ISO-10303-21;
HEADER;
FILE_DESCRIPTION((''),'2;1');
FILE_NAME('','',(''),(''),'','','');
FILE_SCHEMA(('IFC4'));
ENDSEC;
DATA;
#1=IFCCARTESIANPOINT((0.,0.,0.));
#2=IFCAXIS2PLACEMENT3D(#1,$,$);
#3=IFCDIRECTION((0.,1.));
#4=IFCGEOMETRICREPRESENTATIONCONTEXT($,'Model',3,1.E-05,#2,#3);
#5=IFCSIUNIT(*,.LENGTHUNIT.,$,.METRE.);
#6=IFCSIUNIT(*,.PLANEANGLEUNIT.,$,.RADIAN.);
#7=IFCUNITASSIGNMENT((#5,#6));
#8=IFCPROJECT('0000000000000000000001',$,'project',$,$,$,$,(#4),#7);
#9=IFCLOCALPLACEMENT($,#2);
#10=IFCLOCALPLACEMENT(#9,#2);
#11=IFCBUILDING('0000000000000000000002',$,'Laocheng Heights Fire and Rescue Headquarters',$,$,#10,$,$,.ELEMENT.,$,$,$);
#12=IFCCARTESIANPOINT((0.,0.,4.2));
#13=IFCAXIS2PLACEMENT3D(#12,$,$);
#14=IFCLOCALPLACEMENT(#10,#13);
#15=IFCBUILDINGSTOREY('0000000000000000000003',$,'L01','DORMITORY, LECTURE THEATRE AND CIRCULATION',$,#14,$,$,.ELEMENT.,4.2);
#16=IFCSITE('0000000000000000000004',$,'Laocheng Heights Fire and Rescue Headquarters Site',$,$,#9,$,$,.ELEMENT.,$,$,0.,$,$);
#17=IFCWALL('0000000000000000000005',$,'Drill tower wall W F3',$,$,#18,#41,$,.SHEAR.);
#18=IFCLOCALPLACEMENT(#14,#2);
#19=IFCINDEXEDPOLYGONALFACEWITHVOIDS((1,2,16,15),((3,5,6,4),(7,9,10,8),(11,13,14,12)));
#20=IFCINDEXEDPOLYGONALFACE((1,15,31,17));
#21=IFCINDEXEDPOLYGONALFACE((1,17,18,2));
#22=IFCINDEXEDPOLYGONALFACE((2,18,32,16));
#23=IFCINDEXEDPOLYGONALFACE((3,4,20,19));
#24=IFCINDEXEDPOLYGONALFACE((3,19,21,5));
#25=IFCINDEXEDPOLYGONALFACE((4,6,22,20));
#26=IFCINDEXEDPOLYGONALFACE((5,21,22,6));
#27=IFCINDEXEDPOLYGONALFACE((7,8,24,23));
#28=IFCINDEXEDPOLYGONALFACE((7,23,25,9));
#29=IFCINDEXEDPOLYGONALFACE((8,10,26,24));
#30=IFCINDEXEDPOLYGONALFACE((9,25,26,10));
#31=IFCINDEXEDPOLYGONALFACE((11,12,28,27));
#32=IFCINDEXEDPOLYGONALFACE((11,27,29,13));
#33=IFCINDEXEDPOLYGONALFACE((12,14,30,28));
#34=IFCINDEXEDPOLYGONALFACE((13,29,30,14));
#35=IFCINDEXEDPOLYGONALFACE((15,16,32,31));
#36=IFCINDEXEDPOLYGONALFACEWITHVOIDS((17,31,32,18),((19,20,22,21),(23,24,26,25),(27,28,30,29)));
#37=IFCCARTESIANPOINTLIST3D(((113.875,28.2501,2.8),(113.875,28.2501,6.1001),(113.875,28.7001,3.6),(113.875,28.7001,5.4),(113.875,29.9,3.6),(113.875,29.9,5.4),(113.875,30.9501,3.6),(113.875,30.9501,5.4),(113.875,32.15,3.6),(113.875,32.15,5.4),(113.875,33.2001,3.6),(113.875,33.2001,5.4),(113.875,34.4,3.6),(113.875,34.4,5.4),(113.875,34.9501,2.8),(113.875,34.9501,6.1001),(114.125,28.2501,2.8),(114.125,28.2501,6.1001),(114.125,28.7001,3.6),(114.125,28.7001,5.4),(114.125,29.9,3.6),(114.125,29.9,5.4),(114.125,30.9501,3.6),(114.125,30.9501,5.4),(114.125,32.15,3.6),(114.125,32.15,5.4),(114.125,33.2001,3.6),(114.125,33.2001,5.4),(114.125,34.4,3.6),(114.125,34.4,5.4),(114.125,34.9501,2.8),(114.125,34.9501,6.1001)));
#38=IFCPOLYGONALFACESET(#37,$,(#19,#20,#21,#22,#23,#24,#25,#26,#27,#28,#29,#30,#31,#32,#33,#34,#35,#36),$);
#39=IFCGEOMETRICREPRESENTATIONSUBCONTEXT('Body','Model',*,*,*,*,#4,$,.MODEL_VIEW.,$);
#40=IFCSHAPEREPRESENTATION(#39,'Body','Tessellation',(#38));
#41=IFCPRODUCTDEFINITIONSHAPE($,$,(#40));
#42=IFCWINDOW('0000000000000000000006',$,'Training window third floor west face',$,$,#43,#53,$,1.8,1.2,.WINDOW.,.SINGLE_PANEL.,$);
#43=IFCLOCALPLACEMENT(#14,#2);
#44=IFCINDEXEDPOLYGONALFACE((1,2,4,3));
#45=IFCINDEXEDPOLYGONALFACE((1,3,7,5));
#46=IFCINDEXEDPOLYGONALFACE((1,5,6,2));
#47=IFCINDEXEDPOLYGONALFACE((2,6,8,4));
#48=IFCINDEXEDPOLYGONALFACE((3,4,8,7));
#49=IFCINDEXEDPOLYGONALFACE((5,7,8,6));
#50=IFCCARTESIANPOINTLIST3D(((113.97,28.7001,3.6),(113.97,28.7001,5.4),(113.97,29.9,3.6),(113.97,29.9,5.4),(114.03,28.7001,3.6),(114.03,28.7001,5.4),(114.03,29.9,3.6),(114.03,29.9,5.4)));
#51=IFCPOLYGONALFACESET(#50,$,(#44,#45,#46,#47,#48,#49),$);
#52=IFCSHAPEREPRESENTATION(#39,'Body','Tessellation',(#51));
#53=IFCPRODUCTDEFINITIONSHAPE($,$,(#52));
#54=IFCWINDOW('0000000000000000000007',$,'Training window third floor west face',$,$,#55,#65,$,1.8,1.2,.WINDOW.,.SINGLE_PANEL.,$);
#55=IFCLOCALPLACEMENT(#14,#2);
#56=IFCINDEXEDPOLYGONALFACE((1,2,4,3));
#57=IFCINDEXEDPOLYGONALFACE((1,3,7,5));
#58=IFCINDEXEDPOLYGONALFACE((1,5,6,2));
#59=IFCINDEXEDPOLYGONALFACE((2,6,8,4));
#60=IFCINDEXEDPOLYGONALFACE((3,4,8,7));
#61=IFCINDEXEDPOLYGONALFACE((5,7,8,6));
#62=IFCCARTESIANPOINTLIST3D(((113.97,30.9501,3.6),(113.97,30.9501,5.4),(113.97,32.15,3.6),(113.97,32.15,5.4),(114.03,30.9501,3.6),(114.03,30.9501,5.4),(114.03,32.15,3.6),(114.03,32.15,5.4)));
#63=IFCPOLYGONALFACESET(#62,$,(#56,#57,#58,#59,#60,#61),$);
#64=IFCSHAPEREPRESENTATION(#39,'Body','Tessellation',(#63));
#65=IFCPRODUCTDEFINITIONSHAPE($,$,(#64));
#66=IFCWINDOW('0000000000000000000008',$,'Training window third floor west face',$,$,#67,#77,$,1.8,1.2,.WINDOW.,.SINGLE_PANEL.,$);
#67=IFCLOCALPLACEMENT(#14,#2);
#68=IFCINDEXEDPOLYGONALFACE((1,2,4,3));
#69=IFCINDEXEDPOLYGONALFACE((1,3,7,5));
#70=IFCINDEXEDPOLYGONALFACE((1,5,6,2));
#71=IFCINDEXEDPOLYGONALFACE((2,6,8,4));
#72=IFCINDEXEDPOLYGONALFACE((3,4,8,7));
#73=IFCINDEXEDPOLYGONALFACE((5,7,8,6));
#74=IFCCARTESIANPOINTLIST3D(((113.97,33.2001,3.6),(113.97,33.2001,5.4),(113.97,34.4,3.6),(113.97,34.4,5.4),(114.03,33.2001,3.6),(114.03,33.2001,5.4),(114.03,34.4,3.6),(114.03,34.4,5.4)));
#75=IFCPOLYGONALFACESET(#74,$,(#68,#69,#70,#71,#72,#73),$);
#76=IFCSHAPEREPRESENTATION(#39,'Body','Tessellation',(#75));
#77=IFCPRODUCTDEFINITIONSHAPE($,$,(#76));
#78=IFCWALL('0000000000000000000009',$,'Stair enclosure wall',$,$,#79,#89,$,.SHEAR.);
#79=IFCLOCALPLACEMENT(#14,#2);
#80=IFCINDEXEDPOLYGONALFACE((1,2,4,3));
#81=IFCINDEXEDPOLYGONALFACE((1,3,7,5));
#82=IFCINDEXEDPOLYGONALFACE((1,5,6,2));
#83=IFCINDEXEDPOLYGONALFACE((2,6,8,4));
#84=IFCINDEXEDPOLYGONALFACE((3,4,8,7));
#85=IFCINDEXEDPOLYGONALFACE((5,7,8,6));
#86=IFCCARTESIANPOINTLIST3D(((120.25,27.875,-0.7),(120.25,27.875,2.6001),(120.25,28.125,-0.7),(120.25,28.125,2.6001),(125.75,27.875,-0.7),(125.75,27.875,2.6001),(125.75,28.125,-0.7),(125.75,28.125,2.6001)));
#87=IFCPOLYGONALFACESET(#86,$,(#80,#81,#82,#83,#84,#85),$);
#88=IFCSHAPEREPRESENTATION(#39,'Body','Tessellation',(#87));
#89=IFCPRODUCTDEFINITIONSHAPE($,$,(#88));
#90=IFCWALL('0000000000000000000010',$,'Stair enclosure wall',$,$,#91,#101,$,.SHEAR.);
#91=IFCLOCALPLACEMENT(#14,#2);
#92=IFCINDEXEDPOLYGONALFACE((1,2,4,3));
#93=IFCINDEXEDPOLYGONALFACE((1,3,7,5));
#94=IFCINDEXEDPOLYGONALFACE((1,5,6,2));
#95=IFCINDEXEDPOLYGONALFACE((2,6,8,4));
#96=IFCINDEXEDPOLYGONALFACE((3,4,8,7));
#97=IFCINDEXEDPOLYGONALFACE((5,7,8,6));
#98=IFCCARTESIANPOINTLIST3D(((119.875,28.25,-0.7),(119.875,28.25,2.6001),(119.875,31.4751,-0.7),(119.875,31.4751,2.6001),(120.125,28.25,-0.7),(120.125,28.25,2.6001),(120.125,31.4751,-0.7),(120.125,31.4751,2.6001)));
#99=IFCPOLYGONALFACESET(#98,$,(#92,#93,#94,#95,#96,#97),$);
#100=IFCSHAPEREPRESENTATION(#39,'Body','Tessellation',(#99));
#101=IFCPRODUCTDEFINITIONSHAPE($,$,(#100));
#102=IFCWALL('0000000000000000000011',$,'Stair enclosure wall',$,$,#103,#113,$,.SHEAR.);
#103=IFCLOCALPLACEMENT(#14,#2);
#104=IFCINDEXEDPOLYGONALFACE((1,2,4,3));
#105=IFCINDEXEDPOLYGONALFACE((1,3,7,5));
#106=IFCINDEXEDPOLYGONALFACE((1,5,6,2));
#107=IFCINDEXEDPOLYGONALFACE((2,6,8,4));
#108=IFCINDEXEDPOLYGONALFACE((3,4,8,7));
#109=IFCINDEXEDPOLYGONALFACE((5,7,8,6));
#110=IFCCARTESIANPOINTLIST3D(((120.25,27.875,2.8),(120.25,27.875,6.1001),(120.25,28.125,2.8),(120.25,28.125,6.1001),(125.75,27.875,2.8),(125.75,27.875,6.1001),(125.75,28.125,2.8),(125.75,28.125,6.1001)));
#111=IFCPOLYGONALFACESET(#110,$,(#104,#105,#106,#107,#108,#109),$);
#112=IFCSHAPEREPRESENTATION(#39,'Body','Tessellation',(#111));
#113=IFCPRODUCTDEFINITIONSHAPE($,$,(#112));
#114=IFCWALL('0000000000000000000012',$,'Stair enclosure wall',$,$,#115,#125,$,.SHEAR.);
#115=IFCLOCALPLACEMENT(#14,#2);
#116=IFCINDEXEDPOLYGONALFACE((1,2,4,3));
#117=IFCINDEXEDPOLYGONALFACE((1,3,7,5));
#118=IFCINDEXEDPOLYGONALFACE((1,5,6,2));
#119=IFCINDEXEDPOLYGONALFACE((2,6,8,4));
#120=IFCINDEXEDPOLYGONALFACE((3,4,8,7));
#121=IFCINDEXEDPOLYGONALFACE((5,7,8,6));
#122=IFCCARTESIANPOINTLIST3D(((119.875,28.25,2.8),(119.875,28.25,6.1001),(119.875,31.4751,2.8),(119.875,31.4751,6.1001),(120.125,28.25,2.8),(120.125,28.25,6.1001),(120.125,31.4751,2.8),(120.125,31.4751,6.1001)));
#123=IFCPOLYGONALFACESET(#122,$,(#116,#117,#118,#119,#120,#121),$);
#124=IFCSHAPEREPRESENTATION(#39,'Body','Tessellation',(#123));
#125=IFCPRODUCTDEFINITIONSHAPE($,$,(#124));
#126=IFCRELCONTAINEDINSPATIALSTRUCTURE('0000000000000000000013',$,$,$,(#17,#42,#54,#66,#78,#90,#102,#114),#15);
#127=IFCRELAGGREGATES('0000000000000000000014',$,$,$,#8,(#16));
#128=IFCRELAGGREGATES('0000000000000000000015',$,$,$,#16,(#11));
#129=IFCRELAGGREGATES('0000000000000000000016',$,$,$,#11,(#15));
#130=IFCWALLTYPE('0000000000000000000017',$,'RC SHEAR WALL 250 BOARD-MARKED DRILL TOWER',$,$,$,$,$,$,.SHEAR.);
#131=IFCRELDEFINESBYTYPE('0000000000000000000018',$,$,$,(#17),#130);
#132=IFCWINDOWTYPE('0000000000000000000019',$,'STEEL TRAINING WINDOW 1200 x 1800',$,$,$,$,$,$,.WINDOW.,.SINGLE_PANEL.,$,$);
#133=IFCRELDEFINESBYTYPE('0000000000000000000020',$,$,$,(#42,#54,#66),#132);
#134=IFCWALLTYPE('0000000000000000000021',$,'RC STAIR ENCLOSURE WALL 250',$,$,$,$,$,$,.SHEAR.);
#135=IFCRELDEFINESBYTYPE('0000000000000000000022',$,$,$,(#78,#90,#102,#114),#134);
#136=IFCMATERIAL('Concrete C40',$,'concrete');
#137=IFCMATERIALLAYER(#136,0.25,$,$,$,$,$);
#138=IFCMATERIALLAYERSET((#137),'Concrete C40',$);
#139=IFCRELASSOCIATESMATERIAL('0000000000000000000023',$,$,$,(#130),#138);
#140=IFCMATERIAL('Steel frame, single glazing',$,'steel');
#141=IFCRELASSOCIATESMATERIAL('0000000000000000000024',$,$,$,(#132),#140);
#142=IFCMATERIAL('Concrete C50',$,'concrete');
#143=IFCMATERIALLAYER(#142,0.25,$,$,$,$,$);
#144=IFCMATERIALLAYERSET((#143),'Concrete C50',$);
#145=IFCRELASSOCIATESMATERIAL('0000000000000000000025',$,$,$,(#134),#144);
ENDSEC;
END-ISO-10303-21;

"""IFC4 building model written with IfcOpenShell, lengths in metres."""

from ifc_helpers import new_model, si_unit, direction, frame, frame_2d, origin, place, context, subcontext, project, spatial, rectangle, extrude, material, layer, layer_set, type_object, element, fill, save


model = new_model("IFC4")

# Units and contexts
model_context = context("Model", 3, precision=1e-05, world=origin(), true_north=direction((0.0, 1.0)))
body_context = subcontext(model_context, "Body", "Model", "MODEL_VIEW")
ifc_project = project(units=[si_unit("LENGTHUNIT", "METRE"), si_unit("PLANEANGLEUNIT", "RADIAN")], contexts=[model_context])

# Site, building, storey
site_placement = place(None, origin())
site = spatial("IfcSite", under=ifc_project, at=site_placement, Name="Laocheng Heights Fire and Rescue Headquarters Site", CompositionType="ELEMENT", RefElevation=0.0)
building_placement = place(site_placement, origin())
building = spatial("IfcBuilding", under=site, at=building_placement, Name="Laocheng Heights Fire and Rescue Headquarters", CompositionType="ELEMENT")
storey_placement = place(building_placement, frame((0.0, 0.0, 4.2)))
storey = spatial("IfcBuildingStorey", under=building, at=storey_placement, Name="L01", Description="DORMITORY, LECTURE THEATRE AND CIRCULATION", CompositionType="ELEMENT", Elevation=4.2)

# Shared definitions
ifc_material_1 = material(Name="Concrete C40", Category="concrete")
ifc_layer_1 = layer(ifc_material_1, 0.25)
ifc_layer_set_1 = layer_set([ifc_layer_1], Name="Concrete C40")
wall_type_1 = type_object("IfcWallType", Name="RC SHEAR WALL 250 BOARD-MARKED DRILL TOWER", PredefinedType="SHEAR", material=ifc_layer_set_1)
ifc_material_2 = material(Name="Steel frame, single glazing", Category="steel")
window_type = type_object("IfcWindowType", Name="STEEL TRAINING WINDOW 1200 x 1800", PartitioningType="SINGLE_PANEL", PredefinedType="WINDOW", material=ifc_material_2)

# Wall, openings, windows
wall_1_placement = place(storey_placement, frame((114.0, 28.25, 2.8), z_axis=(0.0, 0.0, 1.0), x_axis=(0.0, 1.0, 0.0)))
wall_1 = element("IfcWall", 1, at=wall_1_placement, inside=storey, type_object=wall_type_1, Name="Drill tower wall W F3", PredefinedType="SHEAR", context=body_context, shape_type="SweptSolid", body=[
    extrude(rectangle(XDim=6.7, YDim=0.25, at=frame_2d((3.3501, 0.0))), origin(), (0.0, 0.0, 1.0), 3.3),
])
opening_1_placement = place(wall_1_placement, frame((0.45, 0.0, 0.8)))
opening_1 = element("IfcOpeningElement", 2, at=opening_1_placement, cuts=wall_1, PredefinedType="OPENING", context=body_context, shape_type="SweptSolid", body=[
    extrude(rectangle(XDim=1.2, YDim=1.8, at=frame_2d((0.6001, 0.8999))), frame((0.0, 0.135, 0.0), z_axis=(0.0, -1.0, 0.0), x_axis=(1.0, 0.0, 0.0)), (0.0, 0.0, 1.0), 0.27),
])
opening_2_placement = place(wall_1_placement, frame((2.7, 0.0, 0.8)))
opening_2 = element("IfcOpeningElement", 3, at=opening_2_placement, cuts=wall_1, PredefinedType="OPENING", context=body_context, shape_type="SweptSolid", body=[
    extrude(rectangle(XDim=1.2, YDim=1.8, at=frame_2d((0.6001, 0.8999))), frame((0.0, 0.135, 0.0), z_axis=(0.0, -1.0, 0.0), x_axis=(1.0, 0.0, 0.0)), (0.0, 0.0, 1.0), 0.27),
])
opening_3_placement = place(wall_1_placement, frame((4.95, 0.0, 0.8)))
opening_3 = element("IfcOpeningElement", 4, at=opening_3_placement, cuts=wall_1, PredefinedType="OPENING", context=body_context, shape_type="SweptSolid", body=[
    extrude(rectangle(XDim=1.2, YDim=1.8, at=frame_2d((0.6001, 0.8999))), frame((0.0, 0.135, 0.0), z_axis=(0.0, -1.0, 0.0), x_axis=(1.0, 0.0, 0.0)), (0.0, 0.0, 1.0), 0.27),
])
window_1_placement = place(opening_1_placement, origin())
window_1 = element("IfcWindow", 5, at=window_1_placement, inside=storey, type_object=window_type, Name="Training window third floor west face", OverallHeight=1.8, OverallWidth=1.2, PartitioningType="SINGLE_PANEL", PredefinedType="WINDOW", context=body_context, shape_type="SweptSolid", body=[
    extrude(rectangle(XDim=1.2, YDim=1.8, at=frame_2d((0.6001, 0.8999))), frame((0.0, 0.03, 0.0), z_axis=(0.0, -1.0, 0.0), x_axis=(1.0, 0.0, 0.0)), (0.0, 0.0, 1.0), 0.0601),
])
fill(opening_1, window_1)
window_2_placement = place(opening_2_placement, origin())
window_2 = element("IfcWindow", 6, at=window_2_placement, inside=storey, type_object=window_type, Name="Training window third floor west face", OverallHeight=1.8, OverallWidth=1.2, PartitioningType="SINGLE_PANEL", PredefinedType="WINDOW", context=body_context, shape_type="SweptSolid", body=[
    extrude(rectangle(XDim=1.2, YDim=1.8, at=frame_2d((0.6001, 0.8999))), frame((0.0, 0.03, 0.0), z_axis=(0.0, -1.0, 0.0), x_axis=(1.0, 0.0, 0.0)), (0.0, 0.0, 1.0), 0.0601),
])
fill(opening_2, window_2)
window_3_placement = place(opening_3_placement, origin())
window_3 = element("IfcWindow", 7, at=window_3_placement, inside=storey, type_object=window_type, Name="Training window third floor west face", OverallHeight=1.8, OverallWidth=1.2, PartitioningType="SINGLE_PANEL", PredefinedType="WINDOW", context=body_context, shape_type="SweptSolid", body=[
    extrude(rectangle(XDim=1.2, YDim=1.8, at=frame_2d((0.6001, 0.8999))), frame((0.0, 0.03, 0.0), z_axis=(0.0, -1.0, 0.0), x_axis=(1.0, 0.0, 0.0)), (0.0, 0.0, 1.0), 0.0601),
])
fill(opening_3, window_3)

# Walls
ifc_material_3 = material(Name="Concrete C50", Category="concrete")
ifc_layer_2 = layer(ifc_material_3, 0.25)
ifc_layer_set_2 = layer_set([ifc_layer_2], Name="Concrete C50")
wall_type_2 = type_object("IfcWallType", Name="RC STAIR ENCLOSURE WALL 250", PredefinedType="SHEAR", material=ifc_layer_set_2)
wall_2_placement = place(storey_placement, frame((120.25, 28.0, -0.7), z_axis=(0.0, 0.0, 1.0), x_axis=(1.0, 0.0, 0.0)))
element("IfcWall", 8, at=wall_2_placement, inside=storey, type_object=wall_type_2, Name="Stair enclosure wall", PredefinedType="SHEAR", context=body_context, shape_type="SweptSolid", body=[
    extrude(rectangle(XDim=5.5, YDim=0.25, at=frame_2d((2.75, 0.0))), origin(), (0.0, 0.0, 1.0), 3.3),
])
wall_3_placement = place(storey_placement, frame((120.0, 28.25, -0.7), z_axis=(0.0, 0.0, 1.0), x_axis=(0.0, 1.0, 0.0)))
element("IfcWall", 9, at=wall_3_placement, inside=storey, type_object=wall_type_2, Name="Stair enclosure wall", PredefinedType="SHEAR", context=body_context, shape_type="SweptSolid", body=[
    extrude(rectangle(XDim=3.2251, YDim=0.25, at=frame_2d((1.6125, 0.0))), origin(), (0.0, 0.0, 1.0), 3.3),
])
wall_4_placement = place(storey_placement, frame((120.25, 28.0, 2.8), z_axis=(0.0, 0.0, 1.0), x_axis=(1.0, 0.0, 0.0)))
element("IfcWall", 10, at=wall_4_placement, inside=storey, type_object=wall_type_2, Name="Stair enclosure wall", PredefinedType="SHEAR", context=body_context, shape_type="SweptSolid", body=[
    extrude(rectangle(XDim=5.5, YDim=0.25, at=frame_2d((2.75, 0.0))), origin(), (0.0, 0.0, 1.0), 3.3),
])
wall_5_placement = place(storey_placement, frame((120.0, 28.25, 2.8), z_axis=(0.0, 0.0, 1.0), x_axis=(0.0, 1.0, 0.0)))
element("IfcWall", 11, at=wall_5_placement, inside=storey, type_object=wall_type_2, Name="Stair enclosure wall", PredefinedType="SHEAR", context=body_context, shape_type="SweptSolid", body=[
    extrude(rectangle(XDim=3.2251, YDim=0.25, at=frame_2d((1.6125, 0.0))), origin(), (0.0, 0.0, 1.0), 3.3),
])

save(model, "model.ifc")
